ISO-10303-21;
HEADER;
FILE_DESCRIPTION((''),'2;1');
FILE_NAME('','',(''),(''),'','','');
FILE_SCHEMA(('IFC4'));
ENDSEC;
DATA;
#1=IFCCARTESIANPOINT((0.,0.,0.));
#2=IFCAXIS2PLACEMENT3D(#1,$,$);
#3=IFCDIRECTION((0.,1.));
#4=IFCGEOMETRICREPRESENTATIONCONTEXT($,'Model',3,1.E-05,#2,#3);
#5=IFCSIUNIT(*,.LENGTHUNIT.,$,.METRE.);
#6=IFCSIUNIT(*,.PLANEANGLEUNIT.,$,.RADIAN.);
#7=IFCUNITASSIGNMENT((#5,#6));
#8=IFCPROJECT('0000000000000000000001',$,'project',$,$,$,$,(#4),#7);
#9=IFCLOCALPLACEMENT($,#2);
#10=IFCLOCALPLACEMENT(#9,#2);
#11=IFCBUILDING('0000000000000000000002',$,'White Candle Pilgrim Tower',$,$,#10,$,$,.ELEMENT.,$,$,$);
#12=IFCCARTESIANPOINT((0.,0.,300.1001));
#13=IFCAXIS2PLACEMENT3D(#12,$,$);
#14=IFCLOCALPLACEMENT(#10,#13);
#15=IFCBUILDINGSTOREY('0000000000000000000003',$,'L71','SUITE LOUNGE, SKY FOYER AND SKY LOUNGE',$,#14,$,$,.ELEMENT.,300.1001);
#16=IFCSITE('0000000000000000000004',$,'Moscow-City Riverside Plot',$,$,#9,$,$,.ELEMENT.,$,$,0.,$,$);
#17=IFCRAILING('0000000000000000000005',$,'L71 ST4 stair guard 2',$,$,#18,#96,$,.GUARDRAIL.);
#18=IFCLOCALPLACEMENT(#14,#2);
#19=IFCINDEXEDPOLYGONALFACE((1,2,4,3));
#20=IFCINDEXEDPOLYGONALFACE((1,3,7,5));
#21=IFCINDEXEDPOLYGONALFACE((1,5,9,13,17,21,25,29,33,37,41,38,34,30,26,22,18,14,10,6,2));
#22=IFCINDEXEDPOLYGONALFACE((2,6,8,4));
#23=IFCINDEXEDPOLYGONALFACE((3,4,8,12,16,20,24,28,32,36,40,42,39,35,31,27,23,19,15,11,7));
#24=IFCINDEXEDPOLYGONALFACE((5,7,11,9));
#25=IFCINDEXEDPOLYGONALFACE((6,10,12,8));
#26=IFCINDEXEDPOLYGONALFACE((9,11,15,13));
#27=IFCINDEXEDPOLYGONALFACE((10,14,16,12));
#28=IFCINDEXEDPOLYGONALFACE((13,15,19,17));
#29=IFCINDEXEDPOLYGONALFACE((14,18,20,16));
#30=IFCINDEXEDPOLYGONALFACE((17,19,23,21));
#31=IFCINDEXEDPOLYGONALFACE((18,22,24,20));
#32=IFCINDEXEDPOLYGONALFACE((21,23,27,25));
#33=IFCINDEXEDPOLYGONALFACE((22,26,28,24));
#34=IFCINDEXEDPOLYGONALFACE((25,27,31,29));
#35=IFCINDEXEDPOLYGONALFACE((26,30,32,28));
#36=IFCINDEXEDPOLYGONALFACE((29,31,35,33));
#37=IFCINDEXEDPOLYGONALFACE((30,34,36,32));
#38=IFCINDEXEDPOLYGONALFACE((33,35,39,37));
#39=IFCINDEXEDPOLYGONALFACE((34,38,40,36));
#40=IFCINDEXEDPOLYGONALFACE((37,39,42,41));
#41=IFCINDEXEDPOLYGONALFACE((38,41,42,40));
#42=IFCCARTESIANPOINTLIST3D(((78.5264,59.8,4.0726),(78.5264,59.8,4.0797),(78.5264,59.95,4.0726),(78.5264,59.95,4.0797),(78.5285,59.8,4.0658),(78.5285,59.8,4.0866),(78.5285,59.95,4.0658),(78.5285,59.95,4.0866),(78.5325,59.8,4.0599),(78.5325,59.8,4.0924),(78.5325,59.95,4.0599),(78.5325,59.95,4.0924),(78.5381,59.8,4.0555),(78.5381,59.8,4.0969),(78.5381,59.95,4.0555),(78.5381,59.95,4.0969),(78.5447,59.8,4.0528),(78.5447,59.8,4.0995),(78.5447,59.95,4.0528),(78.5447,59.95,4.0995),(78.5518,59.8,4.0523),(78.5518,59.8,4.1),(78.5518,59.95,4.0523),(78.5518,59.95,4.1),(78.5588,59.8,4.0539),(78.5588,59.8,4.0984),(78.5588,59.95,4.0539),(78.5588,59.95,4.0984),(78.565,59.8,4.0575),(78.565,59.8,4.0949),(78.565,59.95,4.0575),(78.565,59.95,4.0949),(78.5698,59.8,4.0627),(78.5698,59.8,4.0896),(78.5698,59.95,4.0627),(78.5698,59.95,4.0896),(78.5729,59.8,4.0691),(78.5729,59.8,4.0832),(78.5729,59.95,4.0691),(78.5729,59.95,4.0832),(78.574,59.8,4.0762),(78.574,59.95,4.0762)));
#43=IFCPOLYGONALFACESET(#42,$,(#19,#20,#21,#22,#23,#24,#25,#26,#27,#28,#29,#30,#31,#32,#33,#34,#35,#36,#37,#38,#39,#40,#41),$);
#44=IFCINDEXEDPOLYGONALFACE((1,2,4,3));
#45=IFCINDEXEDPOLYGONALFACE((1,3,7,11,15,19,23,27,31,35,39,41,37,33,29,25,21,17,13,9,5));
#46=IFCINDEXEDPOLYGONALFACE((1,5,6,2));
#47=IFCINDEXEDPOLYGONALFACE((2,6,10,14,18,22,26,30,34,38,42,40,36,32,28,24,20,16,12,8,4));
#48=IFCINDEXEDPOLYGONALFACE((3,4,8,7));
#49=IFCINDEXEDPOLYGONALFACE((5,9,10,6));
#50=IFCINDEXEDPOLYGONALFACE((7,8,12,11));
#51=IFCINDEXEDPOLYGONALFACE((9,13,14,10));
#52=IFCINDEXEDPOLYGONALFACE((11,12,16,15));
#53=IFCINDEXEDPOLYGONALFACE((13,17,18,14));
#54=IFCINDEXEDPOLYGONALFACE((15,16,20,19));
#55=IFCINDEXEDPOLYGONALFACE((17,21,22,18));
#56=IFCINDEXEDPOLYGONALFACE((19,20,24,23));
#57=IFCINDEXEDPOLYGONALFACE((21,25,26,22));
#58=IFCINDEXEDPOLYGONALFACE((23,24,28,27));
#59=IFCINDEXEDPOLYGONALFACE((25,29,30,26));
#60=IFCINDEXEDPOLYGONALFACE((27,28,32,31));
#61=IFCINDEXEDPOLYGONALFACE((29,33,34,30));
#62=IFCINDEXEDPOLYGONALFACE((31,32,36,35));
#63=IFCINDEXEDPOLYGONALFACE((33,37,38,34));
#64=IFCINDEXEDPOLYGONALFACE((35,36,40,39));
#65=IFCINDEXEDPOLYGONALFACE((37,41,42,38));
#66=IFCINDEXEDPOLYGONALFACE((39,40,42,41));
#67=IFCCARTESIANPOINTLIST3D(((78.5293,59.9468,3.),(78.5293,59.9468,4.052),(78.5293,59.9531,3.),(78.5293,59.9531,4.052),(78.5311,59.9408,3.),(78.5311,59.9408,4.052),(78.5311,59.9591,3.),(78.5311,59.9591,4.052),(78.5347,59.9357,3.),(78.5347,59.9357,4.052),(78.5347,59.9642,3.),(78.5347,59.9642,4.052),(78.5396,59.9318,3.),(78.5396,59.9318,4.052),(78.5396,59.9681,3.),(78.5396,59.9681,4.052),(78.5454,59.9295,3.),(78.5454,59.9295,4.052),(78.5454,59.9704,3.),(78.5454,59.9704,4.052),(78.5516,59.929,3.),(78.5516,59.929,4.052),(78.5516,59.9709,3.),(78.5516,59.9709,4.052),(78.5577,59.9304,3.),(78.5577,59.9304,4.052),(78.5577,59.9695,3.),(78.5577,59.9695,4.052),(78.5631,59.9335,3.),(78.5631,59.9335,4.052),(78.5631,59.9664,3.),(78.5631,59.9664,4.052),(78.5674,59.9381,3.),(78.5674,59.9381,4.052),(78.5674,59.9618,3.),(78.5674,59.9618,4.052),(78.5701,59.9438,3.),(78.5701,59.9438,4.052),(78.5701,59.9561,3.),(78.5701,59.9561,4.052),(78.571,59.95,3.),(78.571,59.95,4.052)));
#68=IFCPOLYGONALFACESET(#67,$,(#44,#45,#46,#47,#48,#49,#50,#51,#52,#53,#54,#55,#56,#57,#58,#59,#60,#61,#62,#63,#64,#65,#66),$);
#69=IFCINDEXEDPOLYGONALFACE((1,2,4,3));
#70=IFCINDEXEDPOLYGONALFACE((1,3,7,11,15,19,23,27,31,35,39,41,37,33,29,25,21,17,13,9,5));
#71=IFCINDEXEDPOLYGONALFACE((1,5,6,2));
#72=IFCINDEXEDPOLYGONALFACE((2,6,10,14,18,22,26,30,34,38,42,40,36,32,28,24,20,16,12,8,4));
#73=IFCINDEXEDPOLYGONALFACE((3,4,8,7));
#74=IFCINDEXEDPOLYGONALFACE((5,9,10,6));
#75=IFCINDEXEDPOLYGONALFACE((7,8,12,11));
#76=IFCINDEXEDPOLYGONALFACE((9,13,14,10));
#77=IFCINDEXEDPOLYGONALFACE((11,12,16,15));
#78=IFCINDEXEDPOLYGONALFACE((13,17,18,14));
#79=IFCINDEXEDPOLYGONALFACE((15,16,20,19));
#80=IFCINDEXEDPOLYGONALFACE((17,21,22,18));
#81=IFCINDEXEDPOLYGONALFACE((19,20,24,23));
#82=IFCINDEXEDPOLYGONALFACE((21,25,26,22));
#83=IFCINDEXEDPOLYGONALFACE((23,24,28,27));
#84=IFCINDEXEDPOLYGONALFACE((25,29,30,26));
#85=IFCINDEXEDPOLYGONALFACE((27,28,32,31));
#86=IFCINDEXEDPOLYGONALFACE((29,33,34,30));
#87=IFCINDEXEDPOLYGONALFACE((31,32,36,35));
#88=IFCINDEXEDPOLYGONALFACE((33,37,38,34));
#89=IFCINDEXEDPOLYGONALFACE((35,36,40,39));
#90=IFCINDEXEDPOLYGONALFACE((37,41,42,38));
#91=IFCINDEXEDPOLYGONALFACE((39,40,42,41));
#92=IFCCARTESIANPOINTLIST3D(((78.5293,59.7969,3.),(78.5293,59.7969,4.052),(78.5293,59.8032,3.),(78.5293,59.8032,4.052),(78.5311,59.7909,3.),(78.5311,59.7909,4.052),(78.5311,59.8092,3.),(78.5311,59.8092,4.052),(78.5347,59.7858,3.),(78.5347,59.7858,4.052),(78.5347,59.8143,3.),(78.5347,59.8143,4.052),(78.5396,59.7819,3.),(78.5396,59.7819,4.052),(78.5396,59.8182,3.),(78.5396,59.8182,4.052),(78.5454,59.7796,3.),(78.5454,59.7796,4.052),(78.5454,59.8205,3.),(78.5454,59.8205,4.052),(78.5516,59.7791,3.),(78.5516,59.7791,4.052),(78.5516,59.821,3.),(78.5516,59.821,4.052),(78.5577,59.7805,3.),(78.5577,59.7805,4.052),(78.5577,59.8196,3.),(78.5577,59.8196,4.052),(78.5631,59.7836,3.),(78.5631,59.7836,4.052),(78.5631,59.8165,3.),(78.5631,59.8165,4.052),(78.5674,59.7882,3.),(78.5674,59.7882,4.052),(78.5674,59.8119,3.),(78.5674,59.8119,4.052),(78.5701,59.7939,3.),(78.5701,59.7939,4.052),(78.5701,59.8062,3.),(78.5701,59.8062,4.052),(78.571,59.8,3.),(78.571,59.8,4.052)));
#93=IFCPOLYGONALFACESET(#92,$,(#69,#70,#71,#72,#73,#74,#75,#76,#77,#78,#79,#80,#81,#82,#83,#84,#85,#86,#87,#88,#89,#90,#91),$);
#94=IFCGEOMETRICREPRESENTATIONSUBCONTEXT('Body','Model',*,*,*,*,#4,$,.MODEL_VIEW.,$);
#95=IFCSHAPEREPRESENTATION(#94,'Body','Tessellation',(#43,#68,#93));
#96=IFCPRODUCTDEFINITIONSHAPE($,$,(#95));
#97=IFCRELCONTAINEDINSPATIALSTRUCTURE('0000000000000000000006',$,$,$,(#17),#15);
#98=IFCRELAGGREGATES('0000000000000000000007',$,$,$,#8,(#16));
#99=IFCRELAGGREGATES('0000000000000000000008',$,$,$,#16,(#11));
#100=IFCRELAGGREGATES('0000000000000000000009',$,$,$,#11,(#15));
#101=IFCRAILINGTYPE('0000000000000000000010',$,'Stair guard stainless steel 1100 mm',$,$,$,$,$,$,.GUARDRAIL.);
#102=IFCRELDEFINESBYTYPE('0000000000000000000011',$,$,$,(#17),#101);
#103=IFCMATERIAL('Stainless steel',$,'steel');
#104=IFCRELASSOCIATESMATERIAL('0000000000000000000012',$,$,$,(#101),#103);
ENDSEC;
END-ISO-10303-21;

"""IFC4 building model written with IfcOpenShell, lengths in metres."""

from ifc_helpers import new_model, si_unit, direction, frame, origin, origin_2d, place, context, subcontext, project, spatial, circle, extrude, material, type_object, element, save


model = new_model("IFC4")

# Units and contexts
model_context = context("Model", 3, precision=1e-05, world=origin(), true_north=direction((0.0, 1.0)))
body_context = subcontext(model_context, "Body", "Model", "MODEL_VIEW")
ifc_project = project(units=[si_unit("LENGTHUNIT", "METRE"), si_unit("PLANEANGLEUNIT", "RADIAN")], contexts=[model_context])

# Site, building, storey
site_placement = place(None, origin())
site = spatial("IfcSite", under=ifc_project, at=site_placement, Name="Moscow-City Riverside Plot", CompositionType="ELEMENT", RefElevation=0.0)
building_placement = place(site_placement, origin())
building = spatial("IfcBuilding", under=site, at=building_placement, Name="White Candle Pilgrim Tower", CompositionType="ELEMENT")
storey_placement = place(building_placement, frame((0.0, 0.0, 300.1001)))
storey = spatial("IfcBuildingStorey", under=building, at=storey_placement, Name="L71", Description="SUITE LOUNGE, SKY FOYER AND SKY LOUNGE", CompositionType="ELEMENT", Elevation=300.1001)

# Railing
ifc_material_1 = material(Name="Stainless steel", Category="steel")
railing_type_1 = type_object("IfcRailingType", Name="Stair guard stainless steel 1100 mm", PredefinedType="GUARDRAIL", material=ifc_material_1)
railing_1_placement = place(storey_placement, frame((78.55, 59.95, 3.0)))
element("IfcRailing", 1, at=railing_1_placement, inside=storey, type_object=railing_type_1, Name="L71 ST4 stair guard 2", PredefinedType="GUARDRAIL", context=body_context, shape_type="SweptSolid", body=[
    extrude(circle(Radius=0.0239, at=origin_2d()), frame((0.0, 0.0, 1.0762), z_axis=(0.0, -1.0, 0.0), x_axis=(1.0, 0.0, 0.0)), (0.0, 0.0, 1.0), 0.1499),
    extrude(circle(Radius=0.021, at=origin_2d()), origin(), (0.0, 0.0, 1.0), 1.052),
    extrude(circle(Radius=0.021, at=origin_2d()), frame((0.0, -0.1499, 0.0)), (0.0, 0.0, 1.0), 1.052),
])

save(model, "model.ifc")
